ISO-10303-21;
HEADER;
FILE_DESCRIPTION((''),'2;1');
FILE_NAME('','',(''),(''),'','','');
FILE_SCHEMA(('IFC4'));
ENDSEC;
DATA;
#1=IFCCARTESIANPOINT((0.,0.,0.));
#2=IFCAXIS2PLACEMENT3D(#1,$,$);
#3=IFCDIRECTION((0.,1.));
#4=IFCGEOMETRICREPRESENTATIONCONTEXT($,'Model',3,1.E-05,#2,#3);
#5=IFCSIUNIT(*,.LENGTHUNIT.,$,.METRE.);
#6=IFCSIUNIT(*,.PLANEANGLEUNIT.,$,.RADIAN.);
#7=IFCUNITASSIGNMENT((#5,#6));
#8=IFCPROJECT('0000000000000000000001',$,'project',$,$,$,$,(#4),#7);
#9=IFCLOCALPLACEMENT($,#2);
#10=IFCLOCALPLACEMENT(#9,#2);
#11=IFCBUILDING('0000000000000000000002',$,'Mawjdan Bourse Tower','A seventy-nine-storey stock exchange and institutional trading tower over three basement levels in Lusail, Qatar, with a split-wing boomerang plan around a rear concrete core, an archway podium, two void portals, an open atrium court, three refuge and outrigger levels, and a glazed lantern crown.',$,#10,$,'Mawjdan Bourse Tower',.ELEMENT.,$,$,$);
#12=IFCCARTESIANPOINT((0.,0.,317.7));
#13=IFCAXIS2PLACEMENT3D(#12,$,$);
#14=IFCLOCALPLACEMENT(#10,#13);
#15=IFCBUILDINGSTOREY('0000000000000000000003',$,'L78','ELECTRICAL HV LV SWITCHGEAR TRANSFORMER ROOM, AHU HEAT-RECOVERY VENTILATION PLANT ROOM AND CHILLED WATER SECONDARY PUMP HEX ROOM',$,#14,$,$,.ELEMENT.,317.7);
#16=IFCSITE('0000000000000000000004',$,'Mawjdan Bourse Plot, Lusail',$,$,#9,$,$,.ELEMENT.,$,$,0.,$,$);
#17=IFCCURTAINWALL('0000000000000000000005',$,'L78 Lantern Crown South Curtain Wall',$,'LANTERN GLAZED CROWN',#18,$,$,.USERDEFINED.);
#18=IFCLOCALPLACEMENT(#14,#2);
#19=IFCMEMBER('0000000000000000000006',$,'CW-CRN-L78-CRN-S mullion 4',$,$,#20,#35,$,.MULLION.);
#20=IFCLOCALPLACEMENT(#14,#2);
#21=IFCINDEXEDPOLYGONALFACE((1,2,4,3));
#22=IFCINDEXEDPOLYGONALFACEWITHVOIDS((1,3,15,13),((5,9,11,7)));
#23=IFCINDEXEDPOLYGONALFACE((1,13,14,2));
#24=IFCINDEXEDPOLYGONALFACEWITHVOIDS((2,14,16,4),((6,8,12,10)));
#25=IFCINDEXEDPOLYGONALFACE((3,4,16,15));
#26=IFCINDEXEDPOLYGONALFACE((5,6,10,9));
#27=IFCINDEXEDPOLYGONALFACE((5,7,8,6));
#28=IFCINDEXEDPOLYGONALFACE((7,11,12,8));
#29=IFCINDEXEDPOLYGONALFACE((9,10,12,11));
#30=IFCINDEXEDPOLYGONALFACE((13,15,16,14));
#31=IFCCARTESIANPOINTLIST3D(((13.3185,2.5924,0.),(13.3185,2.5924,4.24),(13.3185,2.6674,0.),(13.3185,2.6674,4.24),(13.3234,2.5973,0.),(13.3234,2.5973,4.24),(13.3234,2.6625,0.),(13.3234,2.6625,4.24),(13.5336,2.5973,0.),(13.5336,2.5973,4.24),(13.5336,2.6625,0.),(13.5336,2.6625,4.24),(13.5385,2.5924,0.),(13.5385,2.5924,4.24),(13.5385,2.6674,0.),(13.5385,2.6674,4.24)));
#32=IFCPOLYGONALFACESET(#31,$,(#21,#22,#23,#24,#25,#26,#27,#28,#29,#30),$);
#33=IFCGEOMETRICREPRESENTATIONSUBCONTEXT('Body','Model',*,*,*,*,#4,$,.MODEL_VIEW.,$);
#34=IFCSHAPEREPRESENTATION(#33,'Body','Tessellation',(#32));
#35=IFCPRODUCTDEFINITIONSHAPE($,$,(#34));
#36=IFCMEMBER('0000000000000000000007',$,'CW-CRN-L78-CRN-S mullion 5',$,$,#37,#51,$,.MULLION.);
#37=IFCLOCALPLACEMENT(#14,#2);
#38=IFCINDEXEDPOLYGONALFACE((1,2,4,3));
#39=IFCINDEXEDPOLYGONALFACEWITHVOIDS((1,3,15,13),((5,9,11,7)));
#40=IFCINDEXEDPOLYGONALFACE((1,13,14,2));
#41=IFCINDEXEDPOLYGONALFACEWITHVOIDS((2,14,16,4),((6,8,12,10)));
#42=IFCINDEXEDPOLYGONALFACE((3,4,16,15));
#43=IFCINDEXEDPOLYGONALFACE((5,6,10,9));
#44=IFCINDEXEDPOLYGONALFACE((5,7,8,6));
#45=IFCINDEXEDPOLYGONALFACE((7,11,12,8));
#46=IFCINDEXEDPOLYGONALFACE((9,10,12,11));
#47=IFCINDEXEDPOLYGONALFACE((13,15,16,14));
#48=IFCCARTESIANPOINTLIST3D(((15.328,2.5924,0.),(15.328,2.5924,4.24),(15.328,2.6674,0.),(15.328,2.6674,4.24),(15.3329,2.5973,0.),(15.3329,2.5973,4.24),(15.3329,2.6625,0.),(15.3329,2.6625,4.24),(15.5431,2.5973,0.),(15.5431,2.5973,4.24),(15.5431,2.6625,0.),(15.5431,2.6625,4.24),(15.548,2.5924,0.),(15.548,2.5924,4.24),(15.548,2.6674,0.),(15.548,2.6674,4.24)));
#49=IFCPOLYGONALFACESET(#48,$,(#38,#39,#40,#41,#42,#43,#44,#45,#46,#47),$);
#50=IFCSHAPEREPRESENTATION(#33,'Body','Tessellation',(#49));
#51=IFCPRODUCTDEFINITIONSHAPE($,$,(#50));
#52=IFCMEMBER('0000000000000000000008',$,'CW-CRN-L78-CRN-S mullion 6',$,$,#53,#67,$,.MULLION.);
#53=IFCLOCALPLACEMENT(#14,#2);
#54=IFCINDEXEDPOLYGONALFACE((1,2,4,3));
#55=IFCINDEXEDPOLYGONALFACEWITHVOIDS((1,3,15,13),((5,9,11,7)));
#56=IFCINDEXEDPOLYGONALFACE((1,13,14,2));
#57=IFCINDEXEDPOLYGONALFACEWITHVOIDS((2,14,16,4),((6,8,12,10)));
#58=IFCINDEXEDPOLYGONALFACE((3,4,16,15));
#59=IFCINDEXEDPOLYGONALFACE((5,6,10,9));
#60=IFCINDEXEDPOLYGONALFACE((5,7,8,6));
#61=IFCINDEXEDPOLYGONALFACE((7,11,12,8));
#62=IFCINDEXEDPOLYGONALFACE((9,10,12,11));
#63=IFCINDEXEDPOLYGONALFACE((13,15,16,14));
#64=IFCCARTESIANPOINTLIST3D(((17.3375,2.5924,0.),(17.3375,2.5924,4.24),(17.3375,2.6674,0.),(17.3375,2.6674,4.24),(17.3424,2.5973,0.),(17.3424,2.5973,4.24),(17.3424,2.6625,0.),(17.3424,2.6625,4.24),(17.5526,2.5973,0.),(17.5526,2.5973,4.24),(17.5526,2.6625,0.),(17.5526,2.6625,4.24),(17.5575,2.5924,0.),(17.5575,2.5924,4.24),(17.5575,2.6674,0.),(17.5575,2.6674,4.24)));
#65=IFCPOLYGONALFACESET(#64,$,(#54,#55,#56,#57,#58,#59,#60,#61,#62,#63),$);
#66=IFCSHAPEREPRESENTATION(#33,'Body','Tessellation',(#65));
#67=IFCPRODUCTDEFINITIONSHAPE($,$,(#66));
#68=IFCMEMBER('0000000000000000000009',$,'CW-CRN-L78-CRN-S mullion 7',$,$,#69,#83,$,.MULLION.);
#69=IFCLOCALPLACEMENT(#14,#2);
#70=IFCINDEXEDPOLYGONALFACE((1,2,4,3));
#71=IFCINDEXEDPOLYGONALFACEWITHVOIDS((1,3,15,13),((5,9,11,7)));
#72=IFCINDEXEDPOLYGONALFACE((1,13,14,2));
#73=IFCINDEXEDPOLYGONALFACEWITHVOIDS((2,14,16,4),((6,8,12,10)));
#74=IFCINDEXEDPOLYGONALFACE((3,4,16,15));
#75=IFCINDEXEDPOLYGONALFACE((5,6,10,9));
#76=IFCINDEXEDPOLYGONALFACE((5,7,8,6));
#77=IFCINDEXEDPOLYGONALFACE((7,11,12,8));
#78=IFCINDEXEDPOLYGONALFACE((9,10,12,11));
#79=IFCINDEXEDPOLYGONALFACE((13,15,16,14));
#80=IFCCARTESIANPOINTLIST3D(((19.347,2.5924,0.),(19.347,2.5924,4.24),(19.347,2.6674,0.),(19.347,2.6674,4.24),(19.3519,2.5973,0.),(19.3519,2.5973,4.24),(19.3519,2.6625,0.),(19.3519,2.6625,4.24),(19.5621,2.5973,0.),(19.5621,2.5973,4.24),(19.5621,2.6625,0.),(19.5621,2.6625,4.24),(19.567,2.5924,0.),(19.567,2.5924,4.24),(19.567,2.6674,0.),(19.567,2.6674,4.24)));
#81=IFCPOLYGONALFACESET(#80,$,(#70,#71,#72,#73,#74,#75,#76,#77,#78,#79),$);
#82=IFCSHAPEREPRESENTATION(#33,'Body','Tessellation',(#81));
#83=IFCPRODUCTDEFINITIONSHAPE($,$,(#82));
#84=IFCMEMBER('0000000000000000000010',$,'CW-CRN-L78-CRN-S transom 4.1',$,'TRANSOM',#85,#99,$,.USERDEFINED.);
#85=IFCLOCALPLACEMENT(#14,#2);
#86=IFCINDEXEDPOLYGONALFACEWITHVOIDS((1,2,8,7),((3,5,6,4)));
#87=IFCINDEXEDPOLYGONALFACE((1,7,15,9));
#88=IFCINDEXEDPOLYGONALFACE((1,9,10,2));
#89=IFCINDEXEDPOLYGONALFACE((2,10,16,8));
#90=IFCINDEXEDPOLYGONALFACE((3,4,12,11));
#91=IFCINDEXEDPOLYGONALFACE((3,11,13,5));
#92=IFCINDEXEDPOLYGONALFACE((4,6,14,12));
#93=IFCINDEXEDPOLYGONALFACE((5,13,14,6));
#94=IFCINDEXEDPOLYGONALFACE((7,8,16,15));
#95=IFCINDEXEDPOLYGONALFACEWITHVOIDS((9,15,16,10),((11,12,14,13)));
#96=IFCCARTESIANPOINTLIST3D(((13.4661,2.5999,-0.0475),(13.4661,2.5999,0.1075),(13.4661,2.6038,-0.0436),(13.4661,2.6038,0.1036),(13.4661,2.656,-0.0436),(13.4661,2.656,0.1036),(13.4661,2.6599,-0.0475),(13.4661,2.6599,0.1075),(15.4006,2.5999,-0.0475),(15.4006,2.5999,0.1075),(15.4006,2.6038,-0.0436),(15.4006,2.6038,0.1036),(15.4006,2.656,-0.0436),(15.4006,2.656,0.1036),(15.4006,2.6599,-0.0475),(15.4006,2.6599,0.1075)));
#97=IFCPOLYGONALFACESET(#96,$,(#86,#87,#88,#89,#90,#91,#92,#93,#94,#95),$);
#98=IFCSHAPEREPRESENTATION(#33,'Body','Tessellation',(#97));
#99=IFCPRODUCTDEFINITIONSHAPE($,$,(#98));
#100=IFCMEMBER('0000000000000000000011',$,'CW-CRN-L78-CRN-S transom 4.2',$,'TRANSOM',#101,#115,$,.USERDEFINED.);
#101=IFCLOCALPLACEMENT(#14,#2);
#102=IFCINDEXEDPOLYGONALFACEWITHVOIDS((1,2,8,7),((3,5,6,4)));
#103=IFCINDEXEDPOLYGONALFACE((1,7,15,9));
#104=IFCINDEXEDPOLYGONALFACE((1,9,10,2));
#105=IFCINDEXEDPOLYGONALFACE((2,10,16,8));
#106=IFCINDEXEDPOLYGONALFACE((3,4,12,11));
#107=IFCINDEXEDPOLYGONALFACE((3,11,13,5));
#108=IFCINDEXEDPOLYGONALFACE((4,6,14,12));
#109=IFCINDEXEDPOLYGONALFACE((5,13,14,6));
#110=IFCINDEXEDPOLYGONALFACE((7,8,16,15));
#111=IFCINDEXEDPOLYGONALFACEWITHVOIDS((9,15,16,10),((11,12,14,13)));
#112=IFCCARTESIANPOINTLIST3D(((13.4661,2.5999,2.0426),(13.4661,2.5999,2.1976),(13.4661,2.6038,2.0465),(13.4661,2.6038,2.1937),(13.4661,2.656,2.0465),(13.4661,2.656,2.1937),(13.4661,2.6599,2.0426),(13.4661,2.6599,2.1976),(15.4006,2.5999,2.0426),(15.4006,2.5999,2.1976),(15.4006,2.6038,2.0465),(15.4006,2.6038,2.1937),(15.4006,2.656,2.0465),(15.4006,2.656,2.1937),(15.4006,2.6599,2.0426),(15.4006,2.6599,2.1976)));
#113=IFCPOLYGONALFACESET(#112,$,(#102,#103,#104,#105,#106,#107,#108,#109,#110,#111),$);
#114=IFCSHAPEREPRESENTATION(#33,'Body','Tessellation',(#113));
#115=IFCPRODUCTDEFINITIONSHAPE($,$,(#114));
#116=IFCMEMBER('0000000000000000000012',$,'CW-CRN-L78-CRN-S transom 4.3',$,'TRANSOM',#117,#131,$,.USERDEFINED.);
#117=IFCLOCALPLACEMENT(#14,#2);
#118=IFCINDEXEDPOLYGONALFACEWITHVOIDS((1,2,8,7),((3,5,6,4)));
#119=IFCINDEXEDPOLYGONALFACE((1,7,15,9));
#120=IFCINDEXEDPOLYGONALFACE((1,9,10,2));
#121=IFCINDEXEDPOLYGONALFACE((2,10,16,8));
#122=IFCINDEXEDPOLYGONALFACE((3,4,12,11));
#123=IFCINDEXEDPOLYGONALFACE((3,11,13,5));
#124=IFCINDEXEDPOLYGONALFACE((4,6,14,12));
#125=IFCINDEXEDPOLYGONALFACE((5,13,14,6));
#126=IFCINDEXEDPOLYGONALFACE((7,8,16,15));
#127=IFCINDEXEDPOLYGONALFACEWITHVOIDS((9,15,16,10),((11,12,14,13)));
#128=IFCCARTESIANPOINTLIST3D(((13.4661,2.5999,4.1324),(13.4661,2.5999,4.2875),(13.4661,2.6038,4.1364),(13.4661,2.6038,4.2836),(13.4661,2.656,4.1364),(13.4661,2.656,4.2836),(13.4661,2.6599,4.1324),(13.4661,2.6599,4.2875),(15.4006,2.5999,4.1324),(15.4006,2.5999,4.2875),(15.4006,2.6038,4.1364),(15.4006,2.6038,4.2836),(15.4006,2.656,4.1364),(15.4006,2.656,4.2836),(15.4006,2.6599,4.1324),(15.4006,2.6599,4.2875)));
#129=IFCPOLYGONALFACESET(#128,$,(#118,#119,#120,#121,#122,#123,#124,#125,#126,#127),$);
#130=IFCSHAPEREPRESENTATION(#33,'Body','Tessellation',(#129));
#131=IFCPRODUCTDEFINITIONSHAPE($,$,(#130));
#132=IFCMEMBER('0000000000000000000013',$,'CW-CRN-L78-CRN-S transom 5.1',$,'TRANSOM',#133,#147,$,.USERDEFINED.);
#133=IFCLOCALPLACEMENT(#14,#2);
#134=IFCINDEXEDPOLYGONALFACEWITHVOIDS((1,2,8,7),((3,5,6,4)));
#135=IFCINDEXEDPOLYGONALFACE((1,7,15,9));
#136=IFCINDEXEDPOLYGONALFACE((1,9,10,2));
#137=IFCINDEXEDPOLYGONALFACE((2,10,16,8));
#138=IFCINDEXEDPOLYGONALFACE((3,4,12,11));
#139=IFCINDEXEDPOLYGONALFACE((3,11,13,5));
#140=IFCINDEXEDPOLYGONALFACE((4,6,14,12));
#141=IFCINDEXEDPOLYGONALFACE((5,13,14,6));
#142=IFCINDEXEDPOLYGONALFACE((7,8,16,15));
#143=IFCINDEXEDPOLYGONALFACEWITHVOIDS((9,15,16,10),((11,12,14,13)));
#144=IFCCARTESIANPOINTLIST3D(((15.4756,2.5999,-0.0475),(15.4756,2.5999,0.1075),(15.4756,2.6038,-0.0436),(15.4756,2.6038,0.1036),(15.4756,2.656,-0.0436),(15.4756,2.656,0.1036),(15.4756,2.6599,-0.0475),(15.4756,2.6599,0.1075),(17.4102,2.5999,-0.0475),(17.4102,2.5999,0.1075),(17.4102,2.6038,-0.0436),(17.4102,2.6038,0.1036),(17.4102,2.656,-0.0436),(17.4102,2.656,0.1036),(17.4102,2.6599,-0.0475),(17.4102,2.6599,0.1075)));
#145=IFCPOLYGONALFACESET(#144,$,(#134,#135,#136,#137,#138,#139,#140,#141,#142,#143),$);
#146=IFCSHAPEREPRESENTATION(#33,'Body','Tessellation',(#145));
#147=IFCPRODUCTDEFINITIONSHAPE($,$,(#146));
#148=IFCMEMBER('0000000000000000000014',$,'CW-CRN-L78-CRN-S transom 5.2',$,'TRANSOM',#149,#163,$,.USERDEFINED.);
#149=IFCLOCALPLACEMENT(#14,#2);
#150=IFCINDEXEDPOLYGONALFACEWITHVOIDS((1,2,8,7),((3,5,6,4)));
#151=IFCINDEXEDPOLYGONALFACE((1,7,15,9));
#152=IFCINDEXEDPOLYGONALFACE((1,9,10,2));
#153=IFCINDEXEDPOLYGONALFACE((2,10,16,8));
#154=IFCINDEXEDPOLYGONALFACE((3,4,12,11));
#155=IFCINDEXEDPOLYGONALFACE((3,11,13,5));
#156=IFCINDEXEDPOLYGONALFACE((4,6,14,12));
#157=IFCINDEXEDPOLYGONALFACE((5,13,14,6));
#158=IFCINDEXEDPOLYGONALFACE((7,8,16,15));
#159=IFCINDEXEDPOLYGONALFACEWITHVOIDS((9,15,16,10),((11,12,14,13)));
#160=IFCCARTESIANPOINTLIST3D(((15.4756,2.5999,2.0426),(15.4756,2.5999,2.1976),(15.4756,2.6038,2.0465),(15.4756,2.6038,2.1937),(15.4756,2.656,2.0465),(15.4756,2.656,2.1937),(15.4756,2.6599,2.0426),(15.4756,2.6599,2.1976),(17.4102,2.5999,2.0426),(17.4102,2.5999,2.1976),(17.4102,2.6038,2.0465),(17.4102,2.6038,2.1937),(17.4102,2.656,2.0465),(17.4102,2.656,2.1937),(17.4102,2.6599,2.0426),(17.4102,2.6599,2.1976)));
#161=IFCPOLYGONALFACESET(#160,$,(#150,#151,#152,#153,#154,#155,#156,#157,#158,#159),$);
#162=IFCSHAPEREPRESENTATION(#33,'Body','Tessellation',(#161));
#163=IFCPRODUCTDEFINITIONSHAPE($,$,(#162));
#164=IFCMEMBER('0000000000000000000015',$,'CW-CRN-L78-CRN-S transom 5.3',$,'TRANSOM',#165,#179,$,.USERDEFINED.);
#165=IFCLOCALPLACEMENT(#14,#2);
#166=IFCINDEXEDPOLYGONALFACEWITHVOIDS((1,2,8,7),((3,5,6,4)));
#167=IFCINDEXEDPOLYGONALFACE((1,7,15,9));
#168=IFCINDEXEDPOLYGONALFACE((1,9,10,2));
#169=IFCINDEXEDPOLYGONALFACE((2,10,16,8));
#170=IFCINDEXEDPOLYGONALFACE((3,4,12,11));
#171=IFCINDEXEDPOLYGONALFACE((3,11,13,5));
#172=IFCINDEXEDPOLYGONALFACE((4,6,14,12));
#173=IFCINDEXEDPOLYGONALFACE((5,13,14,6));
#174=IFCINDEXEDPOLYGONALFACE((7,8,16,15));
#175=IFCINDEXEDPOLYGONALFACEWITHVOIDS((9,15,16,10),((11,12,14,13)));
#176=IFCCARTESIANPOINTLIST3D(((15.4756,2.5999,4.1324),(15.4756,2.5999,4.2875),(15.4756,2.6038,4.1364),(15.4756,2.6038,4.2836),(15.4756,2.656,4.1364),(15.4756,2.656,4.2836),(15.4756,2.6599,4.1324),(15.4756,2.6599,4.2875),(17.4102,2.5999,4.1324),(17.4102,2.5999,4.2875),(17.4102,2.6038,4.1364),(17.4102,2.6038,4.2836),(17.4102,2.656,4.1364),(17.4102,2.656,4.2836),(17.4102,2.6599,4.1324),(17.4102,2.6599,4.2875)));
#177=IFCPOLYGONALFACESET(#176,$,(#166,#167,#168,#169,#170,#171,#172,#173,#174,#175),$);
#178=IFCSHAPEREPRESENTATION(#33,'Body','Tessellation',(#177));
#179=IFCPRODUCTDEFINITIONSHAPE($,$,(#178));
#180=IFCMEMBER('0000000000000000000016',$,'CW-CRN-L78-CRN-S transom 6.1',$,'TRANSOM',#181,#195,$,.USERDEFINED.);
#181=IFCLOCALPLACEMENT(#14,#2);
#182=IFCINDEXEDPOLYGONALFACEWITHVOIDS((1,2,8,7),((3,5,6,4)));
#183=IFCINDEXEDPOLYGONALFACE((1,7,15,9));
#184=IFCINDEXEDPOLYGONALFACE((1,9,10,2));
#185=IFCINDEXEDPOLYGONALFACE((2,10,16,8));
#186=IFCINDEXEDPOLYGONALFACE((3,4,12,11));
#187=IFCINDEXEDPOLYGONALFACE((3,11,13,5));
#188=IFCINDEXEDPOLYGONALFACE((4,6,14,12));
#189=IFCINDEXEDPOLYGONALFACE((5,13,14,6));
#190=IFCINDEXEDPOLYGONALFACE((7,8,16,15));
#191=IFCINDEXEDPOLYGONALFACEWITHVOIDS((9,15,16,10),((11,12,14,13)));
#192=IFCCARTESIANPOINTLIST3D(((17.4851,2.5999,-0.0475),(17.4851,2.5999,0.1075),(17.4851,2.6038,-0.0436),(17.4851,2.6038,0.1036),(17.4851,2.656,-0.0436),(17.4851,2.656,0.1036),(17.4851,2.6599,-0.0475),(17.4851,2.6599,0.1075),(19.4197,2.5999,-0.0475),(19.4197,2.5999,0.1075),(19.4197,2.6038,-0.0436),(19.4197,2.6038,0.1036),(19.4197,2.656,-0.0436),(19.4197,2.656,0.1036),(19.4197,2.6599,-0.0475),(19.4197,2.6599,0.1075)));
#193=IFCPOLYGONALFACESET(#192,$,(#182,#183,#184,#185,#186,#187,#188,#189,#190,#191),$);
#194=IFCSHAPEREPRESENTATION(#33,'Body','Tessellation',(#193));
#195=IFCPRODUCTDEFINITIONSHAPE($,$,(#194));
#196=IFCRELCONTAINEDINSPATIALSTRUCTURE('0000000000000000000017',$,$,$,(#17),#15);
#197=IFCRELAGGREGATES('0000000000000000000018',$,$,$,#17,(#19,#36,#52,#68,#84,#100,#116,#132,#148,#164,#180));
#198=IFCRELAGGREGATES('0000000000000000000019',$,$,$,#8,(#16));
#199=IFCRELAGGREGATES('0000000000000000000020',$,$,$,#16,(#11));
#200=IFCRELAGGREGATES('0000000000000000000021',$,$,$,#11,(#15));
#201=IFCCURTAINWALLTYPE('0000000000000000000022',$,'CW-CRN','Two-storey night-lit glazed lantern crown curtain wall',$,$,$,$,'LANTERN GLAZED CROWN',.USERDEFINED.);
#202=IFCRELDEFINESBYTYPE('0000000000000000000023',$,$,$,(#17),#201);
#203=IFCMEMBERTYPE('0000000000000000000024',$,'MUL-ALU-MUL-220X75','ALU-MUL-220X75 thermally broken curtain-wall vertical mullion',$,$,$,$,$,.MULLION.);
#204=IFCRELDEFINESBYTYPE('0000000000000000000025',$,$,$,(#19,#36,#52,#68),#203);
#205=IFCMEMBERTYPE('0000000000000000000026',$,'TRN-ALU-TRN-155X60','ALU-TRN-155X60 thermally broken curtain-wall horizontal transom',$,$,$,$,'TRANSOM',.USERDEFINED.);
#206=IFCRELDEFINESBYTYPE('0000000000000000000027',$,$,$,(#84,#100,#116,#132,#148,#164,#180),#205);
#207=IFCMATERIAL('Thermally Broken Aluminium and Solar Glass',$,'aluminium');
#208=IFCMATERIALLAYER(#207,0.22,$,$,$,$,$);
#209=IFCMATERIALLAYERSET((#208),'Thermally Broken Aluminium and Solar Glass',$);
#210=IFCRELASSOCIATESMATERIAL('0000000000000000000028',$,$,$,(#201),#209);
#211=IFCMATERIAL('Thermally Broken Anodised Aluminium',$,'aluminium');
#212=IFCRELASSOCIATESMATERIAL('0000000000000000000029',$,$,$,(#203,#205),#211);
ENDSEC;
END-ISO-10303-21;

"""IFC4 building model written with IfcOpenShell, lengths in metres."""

from ifc_helpers import new_model, si_unit, direction, frame, origin, origin_2d, place, context, subcontext, project, spatial, hollow_rectangle, extrude, material, layer, layer_set, material_profile, profile_set, type_object, element, aggregate, save


model = new_model("IFC4")

# Units and contexts
model_context = context("Model", 3, precision=1e-05, world=origin(), true_north=direction((0.0, 1.0)))
body_context = subcontext(model_context, "Body", "Model", "MODEL_VIEW")
ifc_project = project(units=[si_unit("LENGTHUNIT", "METRE"), si_unit("PLANEANGLEUNIT", "RADIAN")], contexts=[model_context])

# Site, building, storey
site_placement = place(None, origin())
site = spatial("IfcSite", under=ifc_project, at=site_placement, Name="Mawjdan Bourse Plot, Lusail", CompositionType="ELEMENT", RefElevation=0.0)
building_placement = place(site_placement, origin())
building = spatial("IfcBuilding", under=site, at=building_placement, Name="Mawjdan Bourse Tower", Description="A seventy-nine-storey stock exchange and institutional trading tower over three basement levels in Lusail, Qatar, with a split-wing boomerang plan around a rear concrete core, an archway podium, two void portals, an open atrium court, three refuge and outrigger levels, and a glazed lantern crown.", LongName="Mawjdan Bourse Tower", CompositionType="ELEMENT")
storey_placement = place(building_placement, frame((0.0, 0.0, 317.7)))
storey = spatial("IfcBuildingStorey", under=building, at=storey_placement, Name="L78", Description="ELECTRICAL HV LV SWITCHGEAR TRANSFORMER ROOM, AHU HEAT-RECOVERY VENTILATION PLANT ROOM AND CHILLED WATER SECONDARY PUMP HEX ROOM", CompositionType="ELEMENT", Elevation=317.7)

# Curtain wall, members
ifc_material_1 = material(Name="Thermally Broken Aluminium and Solar Glass", Category="aluminium")
ifc_layer_1 = layer(ifc_material_1, 0.22)
ifc_layer_set_1 = layer_set([ifc_layer_1], Name="Thermally Broken Aluminium and Solar Glass")
curtain_wall_type = type_object("IfcCurtainWallType", Name="CW-CRN", Description="Two-storey night-lit glazed lantern crown curtain wall", ElementType="LANTERN GLAZED CROWN", PredefinedType="USERDEFINED", material=ifc_layer_set_1)
curtain_wall_placement = place(storey_placement, origin())
curtain_wall = element("IfcCurtainWall", 1, at=curtain_wall_placement, inside=storey, type_object=curtain_wall_type, Name="L78 Lantern Crown South Curtain Wall", ObjectType="LANTERN GLAZED CROWN", PredefinedType="USERDEFINED")
ifc_material_2 = material(Name="Thermally Broken Anodised Aluminium", Category="aluminium")
ifc_material_profile_1 = material_profile(ifc_material_2, hollow_rectangle(XDim=0.075, YDim=0.22, WallThickness=0.0049, at=origin_2d()), Name="ALU-MUL-220X75")
ifc_profile_set_1 = profile_set([ifc_material_profile_1], Name="Thermally Broken Anodised Aluminium")
member_type_1 = type_object("IfcMemberType", Name="MUL-ALU-MUL-220X75", Description="ALU-MUL-220X75 thermally broken curtain-wall vertical mullion", PredefinedType="MULLION", material=ifc_profile_set_1)
member_1_placement = place(storey_placement, frame((13.4285, 2.6299, 0.0), z_axis=(0.0, 0.0, 1.0), x_axis=(0.0, 1.0, 0.0)))
member_1 = element("IfcMember", 2, at=member_1_placement, type_object=member_type_1, Name="CW-CRN-L78-CRN-S mullion 4", PredefinedType="MULLION", context=body_context, shape_type="SweptSolid", body=[
    extrude(hollow_rectangle(XDim=0.075, YDim=0.22, WallThickness=0.0049, at=origin_2d()), origin(), (0.0, 0.0, 1.0), 4.24),
])
member_2_placement = place(storey_placement, frame((15.438, 2.6299, 0.0), z_axis=(0.0, 0.0, 1.0), x_axis=(0.0, 1.0, 0.0)))
member_2 = element("IfcMember", 3, at=member_2_placement, type_object=member_type_1, Name="CW-CRN-L78-CRN-S mullion 5", PredefinedType="MULLION", context=body_context, shape_type="SweptSolid", body=[
    extrude(hollow_rectangle(XDim=0.075, YDim=0.22, WallThickness=0.0049, at=origin_2d()), origin(), (0.0, 0.0, 1.0), 4.24),
])
member_3_placement = place(storey_placement, frame((17.4475, 2.6299, 0.0), z_axis=(0.0, 0.0, 1.0), x_axis=(0.0, 1.0, 0.0)))
member_3 = element("IfcMember", 4, at=member_3_placement, type_object=member_type_1, Name="CW-CRN-L78-CRN-S mullion 6", PredefinedType="MULLION", context=body_context, shape_type="SweptSolid", body=[
    extrude(hollow_rectangle(XDim=0.075, YDim=0.22, WallThickness=0.0049, at=origin_2d()), origin(), (0.0, 0.0, 1.0), 4.24),
])
member_4_placement = place(storey_placement, frame((19.457, 2.6299, 0.0), z_axis=(0.0, 0.0, 1.0), x_axis=(0.0, 1.0, 0.0)))
member_4 = element("IfcMember", 5, at=member_4_placement, type_object=member_type_1, Name="CW-CRN-L78-CRN-S mullion 7", PredefinedType="MULLION", context=body_context, shape_type="SweptSolid", body=[
    extrude(hollow_rectangle(XDim=0.075, YDim=0.22, WallThickness=0.0049, at=origin_2d()), origin(), (0.0, 0.0, 1.0), 4.24),
])
ifc_material_profile_2 = material_profile(ifc_material_2, hollow_rectangle(XDim=0.0601, YDim=0.155, WallThickness=0.0039, at=origin_2d()), Name="ALU-TRN-155X60")
ifc_profile_set_2 = profile_set([ifc_material_profile_2], Name="Thermally Broken Anodised Aluminium")
member_type_2 = type_object("IfcMemberType", Name="TRN-ALU-TRN-155X60", Description="ALU-TRN-155X60 thermally broken curtain-wall horizontal transom", ElementType="TRANSOM", PredefinedType="USERDEFINED", material=ifc_profile_set_2)
member_5_placement = place(storey_placement, frame((13.4661, 2.6299, 0.03), z_axis=(1.0, 0.0, 0.0), x_axis=(0.0, 1.0, 0.0)))
member_5 = element("IfcMember", 6, at=member_5_placement, type_object=member_type_2, Name="CW-CRN-L78-CRN-S transom 4.1", ObjectType="TRANSOM", PredefinedType="USERDEFINED", context=body_context, shape_type="SweptSolid", body=[
    extrude(hollow_rectangle(XDim=0.0601, YDim=0.155, WallThickness=0.0039, at=origin_2d()), origin(), (0.0, 0.0, 1.0), 1.9346),
])
member_6_placement = place(storey_placement, frame((13.4661, 2.6299, 2.1201), z_axis=(1.0, 0.0, 0.0), x_axis=(0.0, 1.0, 0.0)))
member_6 = element("IfcMember", 7, at=member_6_placement, type_object=member_type_2, Name="CW-CRN-L78-CRN-S transom 4.2", ObjectType="TRANSOM", PredefinedType="USERDEFINED", context=body_context, shape_type="SweptSolid", body=[
    extrude(hollow_rectangle(XDim=0.0601, YDim=0.155, WallThickness=0.0039, at=origin_2d()), origin(), (0.0, 0.0, 1.0), 1.9346),
])
member_7_placement = place(storey_placement, frame((13.4661, 2.6299, 4.21), z_axis=(1.0, 0.0, 0.0), x_axis=(0.0, 1.0, 0.0)))
member_7 = element("IfcMember", 8, at=member_7_placement, type_object=member_type_2, Name="CW-CRN-L78-CRN-S transom 4.3", ObjectType="TRANSOM", PredefinedType="USERDEFINED", context=body_context, shape_type="SweptSolid", body=[
    extrude(hollow_rectangle(XDim=0.0601, YDim=0.155, WallThickness=0.0039, at=origin_2d()), origin(), (0.0, 0.0, 1.0), 1.9346),
])
member_8_placement = place(storey_placement, frame((15.4756, 2.6299, 0.03), z_axis=(1.0, 0.0, 0.0), x_axis=(0.0, 1.0, 0.0)))
member_8 = element("IfcMember", 9, at=member_8_placement, type_object=member_type_2, Name="CW-CRN-L78-CRN-S transom 5.1", ObjectType="TRANSOM", PredefinedType="USERDEFINED", context=body_context, shape_type="SweptSolid", body=[
    extrude(hollow_rectangle(XDim=0.0601, YDim=0.155, WallThickness=0.0039, at=origin_2d()), origin(), (0.0, 0.0, 1.0), 1.9346),
])
member_9_placement = place(storey_placement, frame((15.4756, 2.6299, 2.1201), z_axis=(1.0, 0.0, 0.0), x_axis=(0.0, 1.0, 0.0)))
member_9 = element("IfcMember", 10, at=member_9_placement, type_object=member_type_2, Name="CW-CRN-L78-CRN-S transom 5.2", ObjectType="TRANSOM", PredefinedType="USERDEFINED", context=body_context, shape_type="SweptSolid", body=[
    extrude(hollow_rectangle(XDim=0.0601, YDim=0.155, WallThickness=0.0039, at=origin_2d()), origin(), (0.0, 0.0, 1.0), 1.9346),
])
member_10_placement = place(storey_placement, frame((15.4756, 2.6299, 4.21), z_axis=(1.0, 0.0, 0.0), x_axis=(0.0, 1.0, 0.0)))
member_10 = element("IfcMember", 11, at=member_10_placement, type_object=member_type_2, Name="CW-CRN-L78-CRN-S transom 5.3", ObjectType="TRANSOM", PredefinedType="USERDEFINED", context=body_context, shape_type="SweptSolid", body=[
    extrude(hollow_rectangle(XDim=0.0601, YDim=0.155, WallThickness=0.0039, at=origin_2d()), origin(), (0.0, 0.0, 1.0), 1.9346),
])
member_11_placement = place(storey_placement, frame((17.4851, 2.6299, 0.03), z_axis=(1.0, 0.0, 0.0), x_axis=(0.0, 1.0, 0.0)))
member_11 = element("IfcMember", 12, at=member_11_placement, type_object=member_type_2, Name="CW-CRN-L78-CRN-S transom 6.1", ObjectType="TRANSOM", PredefinedType="USERDEFINED", context=body_context, shape_type="SweptSolid", body=[
    extrude(hollow_rectangle(XDim=0.0601, YDim=0.155, WallThickness=0.0039, at=origin_2d()), origin(), (0.0, 0.0, 1.0), 1.9346),
])
aggregate(curtain_wall, [member_1, member_2, member_3, member_4, member_5, member_6, member_7, member_8, member_9, member_10, member_11])

save(model, "model.ifc")
